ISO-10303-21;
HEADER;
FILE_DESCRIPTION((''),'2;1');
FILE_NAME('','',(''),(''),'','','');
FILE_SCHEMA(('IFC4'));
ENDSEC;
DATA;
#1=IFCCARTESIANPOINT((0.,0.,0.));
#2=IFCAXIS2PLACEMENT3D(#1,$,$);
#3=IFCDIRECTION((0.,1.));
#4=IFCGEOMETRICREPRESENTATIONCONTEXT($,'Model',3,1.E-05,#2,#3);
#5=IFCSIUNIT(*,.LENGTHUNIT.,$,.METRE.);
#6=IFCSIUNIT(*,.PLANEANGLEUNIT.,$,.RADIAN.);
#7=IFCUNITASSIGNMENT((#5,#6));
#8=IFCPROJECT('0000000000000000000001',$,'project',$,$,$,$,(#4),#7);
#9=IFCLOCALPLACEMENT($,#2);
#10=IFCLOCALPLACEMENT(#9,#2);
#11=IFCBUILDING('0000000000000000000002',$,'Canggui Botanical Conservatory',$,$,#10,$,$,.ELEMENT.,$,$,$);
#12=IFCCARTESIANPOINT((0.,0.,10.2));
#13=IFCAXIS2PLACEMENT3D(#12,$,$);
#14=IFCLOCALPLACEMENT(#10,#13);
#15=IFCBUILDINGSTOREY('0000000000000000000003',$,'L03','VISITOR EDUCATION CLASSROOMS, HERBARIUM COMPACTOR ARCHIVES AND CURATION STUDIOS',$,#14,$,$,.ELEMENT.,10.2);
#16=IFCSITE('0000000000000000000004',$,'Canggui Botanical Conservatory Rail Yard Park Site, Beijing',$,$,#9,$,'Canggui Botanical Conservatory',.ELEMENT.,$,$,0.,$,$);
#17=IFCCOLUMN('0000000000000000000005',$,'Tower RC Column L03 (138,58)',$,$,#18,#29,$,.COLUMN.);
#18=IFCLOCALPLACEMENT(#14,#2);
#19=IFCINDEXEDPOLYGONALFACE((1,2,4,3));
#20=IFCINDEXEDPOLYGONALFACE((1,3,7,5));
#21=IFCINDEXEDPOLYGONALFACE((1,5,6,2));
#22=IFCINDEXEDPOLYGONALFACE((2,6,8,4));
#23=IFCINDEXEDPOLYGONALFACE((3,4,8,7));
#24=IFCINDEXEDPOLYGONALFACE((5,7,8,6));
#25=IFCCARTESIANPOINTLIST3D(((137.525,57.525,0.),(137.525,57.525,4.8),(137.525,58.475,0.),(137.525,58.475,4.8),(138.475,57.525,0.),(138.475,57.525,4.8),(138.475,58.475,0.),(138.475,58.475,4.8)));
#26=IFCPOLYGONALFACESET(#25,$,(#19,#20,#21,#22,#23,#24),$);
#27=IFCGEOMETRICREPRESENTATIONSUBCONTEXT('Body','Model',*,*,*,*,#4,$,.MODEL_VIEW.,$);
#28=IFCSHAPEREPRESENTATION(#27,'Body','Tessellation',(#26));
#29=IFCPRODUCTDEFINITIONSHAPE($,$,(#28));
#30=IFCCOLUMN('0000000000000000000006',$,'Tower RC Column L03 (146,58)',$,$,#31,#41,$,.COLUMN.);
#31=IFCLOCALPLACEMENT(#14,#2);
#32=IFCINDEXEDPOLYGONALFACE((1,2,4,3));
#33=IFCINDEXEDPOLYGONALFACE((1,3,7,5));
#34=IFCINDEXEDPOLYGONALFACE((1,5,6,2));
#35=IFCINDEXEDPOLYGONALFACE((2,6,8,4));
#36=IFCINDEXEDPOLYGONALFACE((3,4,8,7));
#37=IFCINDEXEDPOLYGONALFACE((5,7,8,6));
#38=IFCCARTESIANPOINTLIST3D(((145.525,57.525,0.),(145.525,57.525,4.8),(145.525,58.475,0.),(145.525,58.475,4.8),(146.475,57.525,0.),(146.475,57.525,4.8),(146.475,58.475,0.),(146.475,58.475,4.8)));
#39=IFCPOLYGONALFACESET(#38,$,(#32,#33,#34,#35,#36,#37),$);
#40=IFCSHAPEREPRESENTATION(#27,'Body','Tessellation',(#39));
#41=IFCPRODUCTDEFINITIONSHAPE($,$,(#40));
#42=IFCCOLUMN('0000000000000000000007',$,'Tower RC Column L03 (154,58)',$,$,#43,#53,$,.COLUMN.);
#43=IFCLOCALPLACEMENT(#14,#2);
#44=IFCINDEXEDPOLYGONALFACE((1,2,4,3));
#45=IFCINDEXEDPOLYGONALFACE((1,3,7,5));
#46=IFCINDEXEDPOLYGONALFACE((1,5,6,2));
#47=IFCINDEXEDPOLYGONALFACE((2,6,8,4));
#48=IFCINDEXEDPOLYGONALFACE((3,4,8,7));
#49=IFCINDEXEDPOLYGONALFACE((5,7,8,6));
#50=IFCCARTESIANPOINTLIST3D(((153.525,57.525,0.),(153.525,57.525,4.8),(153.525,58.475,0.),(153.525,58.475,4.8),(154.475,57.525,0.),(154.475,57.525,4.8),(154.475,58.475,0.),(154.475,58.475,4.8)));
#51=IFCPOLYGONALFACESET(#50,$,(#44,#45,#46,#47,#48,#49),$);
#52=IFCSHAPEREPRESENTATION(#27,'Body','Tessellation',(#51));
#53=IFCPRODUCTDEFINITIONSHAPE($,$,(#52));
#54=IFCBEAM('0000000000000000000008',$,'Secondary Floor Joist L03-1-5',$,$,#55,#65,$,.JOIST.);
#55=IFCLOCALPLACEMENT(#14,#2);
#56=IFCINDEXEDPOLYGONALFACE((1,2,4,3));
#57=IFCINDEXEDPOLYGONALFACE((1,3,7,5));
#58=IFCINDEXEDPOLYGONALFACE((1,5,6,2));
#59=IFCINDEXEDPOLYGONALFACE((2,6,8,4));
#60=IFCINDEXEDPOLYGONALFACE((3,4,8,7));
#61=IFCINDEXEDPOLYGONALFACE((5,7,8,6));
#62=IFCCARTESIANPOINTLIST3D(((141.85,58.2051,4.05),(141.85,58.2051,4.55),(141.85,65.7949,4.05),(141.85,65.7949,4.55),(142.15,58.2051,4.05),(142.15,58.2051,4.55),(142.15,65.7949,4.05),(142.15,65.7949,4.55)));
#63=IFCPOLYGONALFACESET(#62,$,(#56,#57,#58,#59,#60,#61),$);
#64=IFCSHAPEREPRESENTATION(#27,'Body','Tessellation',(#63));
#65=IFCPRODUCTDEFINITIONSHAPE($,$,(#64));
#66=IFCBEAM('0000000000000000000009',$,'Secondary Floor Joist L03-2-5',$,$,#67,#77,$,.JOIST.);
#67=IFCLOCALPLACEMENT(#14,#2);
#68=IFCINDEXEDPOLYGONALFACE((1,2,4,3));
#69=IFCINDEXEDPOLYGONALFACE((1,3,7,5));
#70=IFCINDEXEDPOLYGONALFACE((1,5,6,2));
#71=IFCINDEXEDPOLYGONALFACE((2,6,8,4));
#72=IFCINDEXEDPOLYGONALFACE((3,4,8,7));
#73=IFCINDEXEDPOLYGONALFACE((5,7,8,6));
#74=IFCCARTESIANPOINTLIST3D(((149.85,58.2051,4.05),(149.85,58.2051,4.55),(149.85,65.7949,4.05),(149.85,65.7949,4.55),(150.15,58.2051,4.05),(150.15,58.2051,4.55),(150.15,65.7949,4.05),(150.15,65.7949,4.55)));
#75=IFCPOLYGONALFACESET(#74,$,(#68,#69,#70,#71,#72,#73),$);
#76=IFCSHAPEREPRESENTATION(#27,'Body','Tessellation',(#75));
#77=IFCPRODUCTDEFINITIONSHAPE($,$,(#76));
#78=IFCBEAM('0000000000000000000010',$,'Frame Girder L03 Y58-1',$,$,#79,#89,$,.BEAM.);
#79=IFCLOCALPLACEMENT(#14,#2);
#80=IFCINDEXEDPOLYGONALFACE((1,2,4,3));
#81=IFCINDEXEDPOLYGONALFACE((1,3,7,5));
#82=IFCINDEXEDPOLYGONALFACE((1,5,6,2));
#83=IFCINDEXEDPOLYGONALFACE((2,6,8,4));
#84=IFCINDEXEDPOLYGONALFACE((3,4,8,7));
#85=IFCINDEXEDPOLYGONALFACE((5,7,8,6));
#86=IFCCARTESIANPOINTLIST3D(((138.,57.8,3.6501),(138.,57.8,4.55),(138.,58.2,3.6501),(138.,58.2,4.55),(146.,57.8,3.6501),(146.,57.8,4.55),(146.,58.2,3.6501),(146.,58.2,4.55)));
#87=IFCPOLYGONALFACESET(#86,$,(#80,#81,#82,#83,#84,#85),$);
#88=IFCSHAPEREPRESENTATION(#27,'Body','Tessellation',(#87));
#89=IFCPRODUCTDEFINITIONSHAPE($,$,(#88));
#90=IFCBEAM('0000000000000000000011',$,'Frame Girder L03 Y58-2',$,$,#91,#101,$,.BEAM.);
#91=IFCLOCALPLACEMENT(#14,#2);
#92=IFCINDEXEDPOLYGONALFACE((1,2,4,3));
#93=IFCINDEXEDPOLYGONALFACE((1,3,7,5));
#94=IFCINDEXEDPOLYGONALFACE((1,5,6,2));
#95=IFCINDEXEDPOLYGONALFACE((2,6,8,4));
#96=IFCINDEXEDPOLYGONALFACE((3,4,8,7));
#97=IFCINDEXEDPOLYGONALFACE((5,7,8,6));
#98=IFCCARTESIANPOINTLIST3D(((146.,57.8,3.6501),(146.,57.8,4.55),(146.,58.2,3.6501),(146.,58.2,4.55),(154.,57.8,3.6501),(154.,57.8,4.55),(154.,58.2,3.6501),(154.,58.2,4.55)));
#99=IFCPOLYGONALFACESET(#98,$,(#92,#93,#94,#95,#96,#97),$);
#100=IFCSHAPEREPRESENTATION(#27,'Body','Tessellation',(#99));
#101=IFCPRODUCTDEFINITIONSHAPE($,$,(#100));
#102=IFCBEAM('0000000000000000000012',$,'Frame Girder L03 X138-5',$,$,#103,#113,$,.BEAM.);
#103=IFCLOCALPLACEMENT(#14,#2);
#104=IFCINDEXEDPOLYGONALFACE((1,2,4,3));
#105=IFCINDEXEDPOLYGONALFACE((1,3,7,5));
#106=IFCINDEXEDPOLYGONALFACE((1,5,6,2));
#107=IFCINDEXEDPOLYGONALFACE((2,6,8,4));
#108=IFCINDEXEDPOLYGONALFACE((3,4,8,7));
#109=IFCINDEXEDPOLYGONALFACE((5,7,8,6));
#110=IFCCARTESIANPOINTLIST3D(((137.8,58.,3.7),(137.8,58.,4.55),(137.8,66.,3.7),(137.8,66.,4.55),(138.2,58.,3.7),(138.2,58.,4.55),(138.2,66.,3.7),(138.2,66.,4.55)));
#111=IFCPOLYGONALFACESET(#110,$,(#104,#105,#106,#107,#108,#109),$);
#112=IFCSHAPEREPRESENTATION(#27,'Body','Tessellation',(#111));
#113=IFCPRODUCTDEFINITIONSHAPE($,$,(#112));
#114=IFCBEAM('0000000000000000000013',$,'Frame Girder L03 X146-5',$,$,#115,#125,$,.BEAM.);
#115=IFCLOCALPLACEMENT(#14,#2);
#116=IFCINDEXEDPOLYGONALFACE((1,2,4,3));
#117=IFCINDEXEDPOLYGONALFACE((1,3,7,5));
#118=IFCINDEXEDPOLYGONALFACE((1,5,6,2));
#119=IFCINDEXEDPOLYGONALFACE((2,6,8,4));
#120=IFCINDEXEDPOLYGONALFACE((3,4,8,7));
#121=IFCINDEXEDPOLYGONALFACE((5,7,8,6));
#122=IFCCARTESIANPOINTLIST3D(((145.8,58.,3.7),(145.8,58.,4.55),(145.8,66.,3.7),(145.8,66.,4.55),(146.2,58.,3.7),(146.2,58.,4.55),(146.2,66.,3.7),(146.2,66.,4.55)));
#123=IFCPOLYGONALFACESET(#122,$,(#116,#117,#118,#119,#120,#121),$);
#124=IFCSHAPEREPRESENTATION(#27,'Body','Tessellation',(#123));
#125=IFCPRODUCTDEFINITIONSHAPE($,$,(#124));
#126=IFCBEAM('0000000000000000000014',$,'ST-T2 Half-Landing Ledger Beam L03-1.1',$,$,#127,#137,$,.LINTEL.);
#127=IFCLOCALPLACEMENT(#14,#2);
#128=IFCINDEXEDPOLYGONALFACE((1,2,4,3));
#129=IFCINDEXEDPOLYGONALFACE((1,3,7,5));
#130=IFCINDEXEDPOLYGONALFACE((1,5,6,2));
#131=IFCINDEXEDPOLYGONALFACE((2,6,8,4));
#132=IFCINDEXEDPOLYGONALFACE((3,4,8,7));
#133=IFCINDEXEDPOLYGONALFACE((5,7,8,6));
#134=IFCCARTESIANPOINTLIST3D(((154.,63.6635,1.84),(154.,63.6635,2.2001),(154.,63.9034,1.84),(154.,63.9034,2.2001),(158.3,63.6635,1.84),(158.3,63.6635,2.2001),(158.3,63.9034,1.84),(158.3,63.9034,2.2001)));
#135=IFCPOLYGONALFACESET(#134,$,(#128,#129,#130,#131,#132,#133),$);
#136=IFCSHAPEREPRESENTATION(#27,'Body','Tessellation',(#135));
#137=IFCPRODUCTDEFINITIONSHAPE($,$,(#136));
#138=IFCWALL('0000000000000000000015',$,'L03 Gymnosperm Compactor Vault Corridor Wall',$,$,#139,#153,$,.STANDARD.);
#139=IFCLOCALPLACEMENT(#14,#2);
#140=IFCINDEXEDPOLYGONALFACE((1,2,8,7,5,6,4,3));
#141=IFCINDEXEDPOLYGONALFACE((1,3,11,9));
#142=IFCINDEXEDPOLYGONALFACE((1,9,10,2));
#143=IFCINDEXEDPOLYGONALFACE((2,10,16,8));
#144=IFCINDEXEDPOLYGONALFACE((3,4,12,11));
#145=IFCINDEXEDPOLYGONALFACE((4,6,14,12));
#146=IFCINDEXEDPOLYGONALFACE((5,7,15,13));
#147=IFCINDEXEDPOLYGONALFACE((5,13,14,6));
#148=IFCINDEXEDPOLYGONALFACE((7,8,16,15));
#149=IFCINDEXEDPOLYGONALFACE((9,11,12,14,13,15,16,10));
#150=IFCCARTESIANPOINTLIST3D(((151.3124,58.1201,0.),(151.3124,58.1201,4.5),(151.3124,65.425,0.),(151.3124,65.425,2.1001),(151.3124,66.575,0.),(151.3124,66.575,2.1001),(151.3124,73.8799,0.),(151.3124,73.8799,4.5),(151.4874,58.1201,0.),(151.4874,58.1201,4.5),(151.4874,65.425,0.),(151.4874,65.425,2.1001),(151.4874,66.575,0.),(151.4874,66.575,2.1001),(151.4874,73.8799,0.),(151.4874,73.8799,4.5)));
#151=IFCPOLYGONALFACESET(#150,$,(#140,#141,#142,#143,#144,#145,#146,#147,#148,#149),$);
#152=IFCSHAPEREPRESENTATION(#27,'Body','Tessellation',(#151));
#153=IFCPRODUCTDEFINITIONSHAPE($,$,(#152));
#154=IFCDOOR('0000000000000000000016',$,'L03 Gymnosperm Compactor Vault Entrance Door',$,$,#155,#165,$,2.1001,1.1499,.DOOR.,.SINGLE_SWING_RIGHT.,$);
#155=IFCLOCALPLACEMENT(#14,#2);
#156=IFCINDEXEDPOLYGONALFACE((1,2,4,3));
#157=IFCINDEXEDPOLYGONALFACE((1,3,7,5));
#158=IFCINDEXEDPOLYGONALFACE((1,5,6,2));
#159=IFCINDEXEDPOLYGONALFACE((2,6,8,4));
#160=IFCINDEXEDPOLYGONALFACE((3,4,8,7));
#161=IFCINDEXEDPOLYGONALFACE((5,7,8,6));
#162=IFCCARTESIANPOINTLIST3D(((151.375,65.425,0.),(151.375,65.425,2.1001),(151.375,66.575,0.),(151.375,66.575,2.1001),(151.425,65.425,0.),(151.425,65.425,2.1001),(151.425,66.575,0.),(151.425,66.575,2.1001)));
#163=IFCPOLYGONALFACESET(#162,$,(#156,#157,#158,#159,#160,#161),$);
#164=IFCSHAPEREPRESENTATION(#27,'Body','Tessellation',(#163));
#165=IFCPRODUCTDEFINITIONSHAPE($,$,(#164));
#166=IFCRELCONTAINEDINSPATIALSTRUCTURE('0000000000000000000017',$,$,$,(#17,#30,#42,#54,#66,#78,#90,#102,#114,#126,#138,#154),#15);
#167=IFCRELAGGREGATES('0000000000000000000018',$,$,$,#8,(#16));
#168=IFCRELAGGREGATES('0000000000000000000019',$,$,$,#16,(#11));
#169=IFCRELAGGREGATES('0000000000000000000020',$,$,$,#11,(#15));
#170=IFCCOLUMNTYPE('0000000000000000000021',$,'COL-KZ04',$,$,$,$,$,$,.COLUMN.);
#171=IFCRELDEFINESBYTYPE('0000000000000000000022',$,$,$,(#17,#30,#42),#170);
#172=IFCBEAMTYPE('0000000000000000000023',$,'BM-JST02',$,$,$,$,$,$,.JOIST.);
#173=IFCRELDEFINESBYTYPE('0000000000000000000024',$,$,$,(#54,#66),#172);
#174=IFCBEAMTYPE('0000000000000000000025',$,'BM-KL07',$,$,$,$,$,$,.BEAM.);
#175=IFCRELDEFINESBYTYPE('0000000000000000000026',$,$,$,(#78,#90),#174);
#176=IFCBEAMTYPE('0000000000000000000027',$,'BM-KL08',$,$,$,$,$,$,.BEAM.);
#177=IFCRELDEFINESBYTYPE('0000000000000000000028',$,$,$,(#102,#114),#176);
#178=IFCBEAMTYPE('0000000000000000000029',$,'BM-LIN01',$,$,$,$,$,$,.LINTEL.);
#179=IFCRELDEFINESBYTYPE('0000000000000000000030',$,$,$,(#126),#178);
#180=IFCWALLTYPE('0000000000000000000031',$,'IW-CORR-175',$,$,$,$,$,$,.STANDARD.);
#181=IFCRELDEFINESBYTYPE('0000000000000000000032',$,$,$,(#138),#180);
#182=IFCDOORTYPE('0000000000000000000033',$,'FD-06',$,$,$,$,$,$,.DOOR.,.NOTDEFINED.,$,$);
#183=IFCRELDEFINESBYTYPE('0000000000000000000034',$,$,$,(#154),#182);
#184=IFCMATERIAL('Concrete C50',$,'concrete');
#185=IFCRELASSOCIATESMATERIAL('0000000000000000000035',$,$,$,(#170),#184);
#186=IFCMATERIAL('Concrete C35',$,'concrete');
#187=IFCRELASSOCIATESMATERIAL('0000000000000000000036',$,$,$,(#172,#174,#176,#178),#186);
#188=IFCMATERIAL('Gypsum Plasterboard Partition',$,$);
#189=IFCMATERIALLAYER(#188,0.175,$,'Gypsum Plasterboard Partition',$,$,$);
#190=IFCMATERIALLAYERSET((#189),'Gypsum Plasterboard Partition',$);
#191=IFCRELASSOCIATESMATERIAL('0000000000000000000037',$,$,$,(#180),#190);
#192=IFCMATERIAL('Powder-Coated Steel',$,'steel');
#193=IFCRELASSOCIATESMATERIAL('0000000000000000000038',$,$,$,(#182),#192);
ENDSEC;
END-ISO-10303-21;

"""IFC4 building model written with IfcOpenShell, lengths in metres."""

from ifc_helpers import new_model, si_unit, direction, frame, frame_2d, origin, origin_2d, place, context, subcontext, project, spatial, rectangle, extrude, material, layer, layer_set, material_profile, profile_set, type_object, element, fill, save


model = new_model("IFC4")

# Units and contexts
model_context = context("Model", 3, precision=1e-05, world=origin(), true_north=direction((0.0, 1.0)))
body_context = subcontext(model_context, "Body", "Model", "MODEL_VIEW")
ifc_project = project(units=[si_unit("LENGTHUNIT", "METRE"), si_unit("PLANEANGLEUNIT", "RADIAN")], contexts=[model_context])

# Site, building, storey
site_placement = place(None, origin())
site = spatial("IfcSite", under=ifc_project, at=site_placement, Name="Canggui Botanical Conservatory Rail Yard Park Site, Beijing", LongName="Canggui Botanical Conservatory", CompositionType="ELEMENT", RefElevation=0.0)
building_placement = place(site_placement, origin())
building = spatial("IfcBuilding", under=site, at=building_placement, Name="Canggui Botanical Conservatory", CompositionType="ELEMENT")
storey_placement = place(building_placement, frame((0.0, 0.0, 10.2)))
storey = spatial("IfcBuildingStorey", under=building, at=storey_placement, Name="L03", Description="VISITOR EDUCATION CLASSROOMS, HERBARIUM COMPACTOR ARCHIVES AND CURATION STUDIOS", CompositionType="ELEMENT", Elevation=10.2)

# Columns
ifc_material_1 = material(Name="Concrete C50", Category="concrete")
ifc_material_profile_1 = material_profile(ifc_material_1, rectangle(XDim=0.95, YDim=0.95, at=origin_2d()), Name="RC 950x950")
ifc_profile_set_1 = profile_set([ifc_material_profile_1], Name="Concrete C50")
column_type = type_object("IfcColumnType", Name="COL-KZ04", PredefinedType="COLUMN", material=ifc_profile_set_1)
for number, where, z_axis, x_axis, name in (
    (1, (138.0, 58.0, 0.0), (0.0, 0.0, 1.0), (1.0, 0.0, 0.0), "Tower RC Column L03 (138,58)"),
    (2, (146.0, 58.0, 0.0), (0.0, 0.0, 1.0), (1.0, 0.0, 0.0), "Tower RC Column L03 (146,58)"),
    (3, (154.0, 58.0, 0.0), (0.0, 0.0, 1.0), (1.0, 0.0, 0.0), "Tower RC Column L03 (154,58)"),
):
    element("IfcColumn", number, at=place(storey_placement, frame(where, z_axis=z_axis, x_axis=x_axis)), inside=storey, type_object=column_type, Name=name, PredefinedType="COLUMN", context=body_context, shape_type="SweptSolid", body=[
        extrude(rectangle(XDim=0.95, YDim=0.95, at=origin_2d()), origin(), (0.0, 0.0, 1.0), 4.8),
    ])

# Beams
ifc_material_2 = material(Name="Concrete C35", Category="concrete")
ifc_material_profile_2 = material_profile(ifc_material_2, rectangle(XDim=0.3, YDim=0.5, at=origin_2d()), Name="RB 300x500")
ifc_profile_set_2 = profile_set([ifc_material_profile_2], Name="Concrete C35")
beam_type_1 = type_object("IfcBeamType", Name="BM-JST02", PredefinedType="JOIST", material=ifc_profile_set_2)
for number, where, z_axis, x_axis, name in (
    (4, (142.0, 58.2051, 4.3), (0.0, 1.0, 0.0), (-1.0, 0.0, 0.0), "Secondary Floor Joist L03-1-5"),
    (5, (150.0, 58.2051, 4.3), (0.0, 1.0, 0.0), (-1.0, 0.0, 0.0), "Secondary Floor Joist L03-2-5"),
):
    element("IfcBeam", number, at=place(storey_placement, frame(where, z_axis=z_axis, x_axis=x_axis)), inside=storey, type_object=beam_type_1, Name=name, PredefinedType="JOIST", context=body_context, shape_type="SweptSolid", body=[
        extrude(rectangle(XDim=0.3, YDim=0.5, at=origin_2d()), origin(), (0.0, 0.0, 1.0), 7.5898),
    ])
ifc_material_profile_3 = material_profile(ifc_material_2, rectangle(XDim=0.3999, YDim=0.8999, at=origin_2d()), Name="RB 400x900")
ifc_profile_set_3 = profile_set([ifc_material_profile_3], Name="Concrete C35")
beam_type_2 = type_object("IfcBeamType", Name="BM-KL07", PredefinedType="BEAM", material=ifc_profile_set_3)
for number, where, z_axis, x_axis, name in (
    (6, (138.0, 58.0, 4.1001), (1.0, 0.0, 0.0), (0.0, 1.0, 0.0), "Frame Girder L03 Y58-1"),
    (7, (146.0, 58.0, 4.1001), (1.0, 0.0, 0.0), (0.0, 1.0, 0.0), "Frame Girder L03 Y58-2"),
):
    element("IfcBeam", number, at=place(storey_placement, frame(where, z_axis=z_axis, x_axis=x_axis)), inside=storey, type_object=beam_type_2, Name=name, PredefinedType="BEAM", context=body_context, shape_type="SweptSolid", body=[
        extrude(rectangle(XDim=0.3999, YDim=0.8999, at=origin_2d()), origin(), (0.0, 0.0, 1.0), 8.0),
    ])
ifc_material_profile_4 = material_profile(ifc_material_2, rectangle(XDim=0.3999, YDim=0.8501, at=origin_2d()), Name="RB 400x850")
ifc_profile_set_4 = profile_set([ifc_material_profile_4], Name="Concrete C35")
beam_type_3 = type_object("IfcBeamType", Name="BM-KL08", PredefinedType="BEAM", material=ifc_profile_set_4)
for number, where, z_axis, x_axis, name in (
    (8, (138.0, 58.0, 4.125), (0.0, 1.0, 0.0), (-1.0, 0.0, 0.0), "Frame Girder L03 X138-5"),
    (9, (146.0, 58.0, 4.125), (0.0, 1.0, 0.0), (-1.0, 0.0, 0.0), "Frame Girder L03 X146-5"),
):
    element("IfcBeam", number, at=place(storey_placement, frame(where, z_axis=z_axis, x_axis=x_axis)), inside=storey, type_object=beam_type_3, Name=name, PredefinedType="BEAM", context=body_context, shape_type="SweptSolid", body=[
        extrude(rectangle(XDim=0.3999, YDim=0.8501, at=origin_2d()), origin(), (0.0, 0.0, 1.0), 8.0),
    ])
ifc_material_profile_5 = material_profile(ifc_material_2, rectangle(XDim=0.24, YDim=0.3601, at=origin_2d()), Name="RB 240x360")
ifc_profile_set_5 = profile_set([ifc_material_profile_5], Name="Concrete C35")
beam_type_4 = type_object("IfcBeamType", Name="BM-LIN01", PredefinedType="LINTEL", material=ifc_profile_set_5)
beam_placement = place(storey_placement, frame((154.0, 63.7834, 2.02), z_axis=(1.0, 0.0, 0.0), x_axis=(0.0, 1.0, 0.0)))
element("IfcBeam", 10, at=beam_placement, inside=storey, type_object=beam_type_4, Name="ST-T2 Half-Landing Ledger Beam L03-1.1", PredefinedType="LINTEL", context=body_context, shape_type="SweptSolid", body=[
    extrude(rectangle(XDim=0.24, YDim=0.3601, at=origin_2d()), origin(), (0.0, 0.0, 1.0), 4.3),
])

# Wall, opening, door
ifc_material_3 = material(Name="Gypsum Plasterboard Partition")
ifc_layer_1 = layer(ifc_material_3, 0.175, Name="Gypsum Plasterboard Partition")
ifc_layer_set_1 = layer_set([ifc_layer_1], Name="Gypsum Plasterboard Partition")
wall_type_1 = type_object("IfcWallType", Name="IW-CORR-175", PredefinedType="STANDARD", material=ifc_layer_set_1)
wall_1_placement = place(storey_placement, frame((151.3999, 58.1201, 0.0), z_axis=(0.0, 0.0, 1.0), x_axis=(0.0, 1.0, 0.0)))
wall_1 = element("IfcWall", 11, at=wall_1_placement, inside=storey, type_object=wall_type_1, Name="L03 Gymnosperm Compactor Vault Corridor Wall", PredefinedType="STANDARD", context=body_context, shape_type="SweptSolid", body=[
    extrude(rectangle(XDim=15.7598, YDim=0.175, at=frame_2d((7.8799, 0.0))), origin(), (0.0, 0.0, 1.0), 4.5),
])
opening_1_placement = place(wall_1_placement, frame((7.3049, 0.0, 0.0)))
opening_1 = element("IfcOpeningElement", 12, at=opening_1_placement, cuts=wall_1, PredefinedType="OPENING", context=body_context, shape_type="SweptSolid", body=[
    extrude(rectangle(XDim=1.1499, YDim=2.1001, at=frame_2d((0.575, 1.05))), frame((0.0, 0.0977, 0.0), z_axis=(0.0, -1.0, 0.0), x_axis=(1.0, 0.0, 0.0)), (0.0, 0.0, 1.0), 0.1951),
])
ifc_material_4 = material(Name="Powder-Coated Steel", Category="steel")
door_type_1 = type_object("IfcDoorType", Name="FD-06", OperationType="NOTDEFINED", PredefinedType="DOOR", material=ifc_material_4)
door_1_placement = place(opening_1_placement, origin())
door_1 = element("IfcDoor", 13, at=door_1_placement, inside=storey, type_object=door_type_1, Name="L03 Gymnosperm Compactor Vault Entrance Door", OperationType="SINGLE_SWING_RIGHT", OverallHeight=2.1001, OverallWidth=1.1499, PredefinedType="DOOR", context=body_context, shape_type="SweptSolid", body=[
    extrude(rectangle(XDim=1.1499, YDim=2.1001, at=frame_2d((0.575, 1.05))), frame((0.0, 0.0249, 0.0), z_axis=(0.0, -1.0, 0.0), x_axis=(1.0, 0.0, 0.0)), (0.0, 0.0, 1.0), 0.05),
])
fill(opening_1, door_1)

save(model, "model.ifc")
